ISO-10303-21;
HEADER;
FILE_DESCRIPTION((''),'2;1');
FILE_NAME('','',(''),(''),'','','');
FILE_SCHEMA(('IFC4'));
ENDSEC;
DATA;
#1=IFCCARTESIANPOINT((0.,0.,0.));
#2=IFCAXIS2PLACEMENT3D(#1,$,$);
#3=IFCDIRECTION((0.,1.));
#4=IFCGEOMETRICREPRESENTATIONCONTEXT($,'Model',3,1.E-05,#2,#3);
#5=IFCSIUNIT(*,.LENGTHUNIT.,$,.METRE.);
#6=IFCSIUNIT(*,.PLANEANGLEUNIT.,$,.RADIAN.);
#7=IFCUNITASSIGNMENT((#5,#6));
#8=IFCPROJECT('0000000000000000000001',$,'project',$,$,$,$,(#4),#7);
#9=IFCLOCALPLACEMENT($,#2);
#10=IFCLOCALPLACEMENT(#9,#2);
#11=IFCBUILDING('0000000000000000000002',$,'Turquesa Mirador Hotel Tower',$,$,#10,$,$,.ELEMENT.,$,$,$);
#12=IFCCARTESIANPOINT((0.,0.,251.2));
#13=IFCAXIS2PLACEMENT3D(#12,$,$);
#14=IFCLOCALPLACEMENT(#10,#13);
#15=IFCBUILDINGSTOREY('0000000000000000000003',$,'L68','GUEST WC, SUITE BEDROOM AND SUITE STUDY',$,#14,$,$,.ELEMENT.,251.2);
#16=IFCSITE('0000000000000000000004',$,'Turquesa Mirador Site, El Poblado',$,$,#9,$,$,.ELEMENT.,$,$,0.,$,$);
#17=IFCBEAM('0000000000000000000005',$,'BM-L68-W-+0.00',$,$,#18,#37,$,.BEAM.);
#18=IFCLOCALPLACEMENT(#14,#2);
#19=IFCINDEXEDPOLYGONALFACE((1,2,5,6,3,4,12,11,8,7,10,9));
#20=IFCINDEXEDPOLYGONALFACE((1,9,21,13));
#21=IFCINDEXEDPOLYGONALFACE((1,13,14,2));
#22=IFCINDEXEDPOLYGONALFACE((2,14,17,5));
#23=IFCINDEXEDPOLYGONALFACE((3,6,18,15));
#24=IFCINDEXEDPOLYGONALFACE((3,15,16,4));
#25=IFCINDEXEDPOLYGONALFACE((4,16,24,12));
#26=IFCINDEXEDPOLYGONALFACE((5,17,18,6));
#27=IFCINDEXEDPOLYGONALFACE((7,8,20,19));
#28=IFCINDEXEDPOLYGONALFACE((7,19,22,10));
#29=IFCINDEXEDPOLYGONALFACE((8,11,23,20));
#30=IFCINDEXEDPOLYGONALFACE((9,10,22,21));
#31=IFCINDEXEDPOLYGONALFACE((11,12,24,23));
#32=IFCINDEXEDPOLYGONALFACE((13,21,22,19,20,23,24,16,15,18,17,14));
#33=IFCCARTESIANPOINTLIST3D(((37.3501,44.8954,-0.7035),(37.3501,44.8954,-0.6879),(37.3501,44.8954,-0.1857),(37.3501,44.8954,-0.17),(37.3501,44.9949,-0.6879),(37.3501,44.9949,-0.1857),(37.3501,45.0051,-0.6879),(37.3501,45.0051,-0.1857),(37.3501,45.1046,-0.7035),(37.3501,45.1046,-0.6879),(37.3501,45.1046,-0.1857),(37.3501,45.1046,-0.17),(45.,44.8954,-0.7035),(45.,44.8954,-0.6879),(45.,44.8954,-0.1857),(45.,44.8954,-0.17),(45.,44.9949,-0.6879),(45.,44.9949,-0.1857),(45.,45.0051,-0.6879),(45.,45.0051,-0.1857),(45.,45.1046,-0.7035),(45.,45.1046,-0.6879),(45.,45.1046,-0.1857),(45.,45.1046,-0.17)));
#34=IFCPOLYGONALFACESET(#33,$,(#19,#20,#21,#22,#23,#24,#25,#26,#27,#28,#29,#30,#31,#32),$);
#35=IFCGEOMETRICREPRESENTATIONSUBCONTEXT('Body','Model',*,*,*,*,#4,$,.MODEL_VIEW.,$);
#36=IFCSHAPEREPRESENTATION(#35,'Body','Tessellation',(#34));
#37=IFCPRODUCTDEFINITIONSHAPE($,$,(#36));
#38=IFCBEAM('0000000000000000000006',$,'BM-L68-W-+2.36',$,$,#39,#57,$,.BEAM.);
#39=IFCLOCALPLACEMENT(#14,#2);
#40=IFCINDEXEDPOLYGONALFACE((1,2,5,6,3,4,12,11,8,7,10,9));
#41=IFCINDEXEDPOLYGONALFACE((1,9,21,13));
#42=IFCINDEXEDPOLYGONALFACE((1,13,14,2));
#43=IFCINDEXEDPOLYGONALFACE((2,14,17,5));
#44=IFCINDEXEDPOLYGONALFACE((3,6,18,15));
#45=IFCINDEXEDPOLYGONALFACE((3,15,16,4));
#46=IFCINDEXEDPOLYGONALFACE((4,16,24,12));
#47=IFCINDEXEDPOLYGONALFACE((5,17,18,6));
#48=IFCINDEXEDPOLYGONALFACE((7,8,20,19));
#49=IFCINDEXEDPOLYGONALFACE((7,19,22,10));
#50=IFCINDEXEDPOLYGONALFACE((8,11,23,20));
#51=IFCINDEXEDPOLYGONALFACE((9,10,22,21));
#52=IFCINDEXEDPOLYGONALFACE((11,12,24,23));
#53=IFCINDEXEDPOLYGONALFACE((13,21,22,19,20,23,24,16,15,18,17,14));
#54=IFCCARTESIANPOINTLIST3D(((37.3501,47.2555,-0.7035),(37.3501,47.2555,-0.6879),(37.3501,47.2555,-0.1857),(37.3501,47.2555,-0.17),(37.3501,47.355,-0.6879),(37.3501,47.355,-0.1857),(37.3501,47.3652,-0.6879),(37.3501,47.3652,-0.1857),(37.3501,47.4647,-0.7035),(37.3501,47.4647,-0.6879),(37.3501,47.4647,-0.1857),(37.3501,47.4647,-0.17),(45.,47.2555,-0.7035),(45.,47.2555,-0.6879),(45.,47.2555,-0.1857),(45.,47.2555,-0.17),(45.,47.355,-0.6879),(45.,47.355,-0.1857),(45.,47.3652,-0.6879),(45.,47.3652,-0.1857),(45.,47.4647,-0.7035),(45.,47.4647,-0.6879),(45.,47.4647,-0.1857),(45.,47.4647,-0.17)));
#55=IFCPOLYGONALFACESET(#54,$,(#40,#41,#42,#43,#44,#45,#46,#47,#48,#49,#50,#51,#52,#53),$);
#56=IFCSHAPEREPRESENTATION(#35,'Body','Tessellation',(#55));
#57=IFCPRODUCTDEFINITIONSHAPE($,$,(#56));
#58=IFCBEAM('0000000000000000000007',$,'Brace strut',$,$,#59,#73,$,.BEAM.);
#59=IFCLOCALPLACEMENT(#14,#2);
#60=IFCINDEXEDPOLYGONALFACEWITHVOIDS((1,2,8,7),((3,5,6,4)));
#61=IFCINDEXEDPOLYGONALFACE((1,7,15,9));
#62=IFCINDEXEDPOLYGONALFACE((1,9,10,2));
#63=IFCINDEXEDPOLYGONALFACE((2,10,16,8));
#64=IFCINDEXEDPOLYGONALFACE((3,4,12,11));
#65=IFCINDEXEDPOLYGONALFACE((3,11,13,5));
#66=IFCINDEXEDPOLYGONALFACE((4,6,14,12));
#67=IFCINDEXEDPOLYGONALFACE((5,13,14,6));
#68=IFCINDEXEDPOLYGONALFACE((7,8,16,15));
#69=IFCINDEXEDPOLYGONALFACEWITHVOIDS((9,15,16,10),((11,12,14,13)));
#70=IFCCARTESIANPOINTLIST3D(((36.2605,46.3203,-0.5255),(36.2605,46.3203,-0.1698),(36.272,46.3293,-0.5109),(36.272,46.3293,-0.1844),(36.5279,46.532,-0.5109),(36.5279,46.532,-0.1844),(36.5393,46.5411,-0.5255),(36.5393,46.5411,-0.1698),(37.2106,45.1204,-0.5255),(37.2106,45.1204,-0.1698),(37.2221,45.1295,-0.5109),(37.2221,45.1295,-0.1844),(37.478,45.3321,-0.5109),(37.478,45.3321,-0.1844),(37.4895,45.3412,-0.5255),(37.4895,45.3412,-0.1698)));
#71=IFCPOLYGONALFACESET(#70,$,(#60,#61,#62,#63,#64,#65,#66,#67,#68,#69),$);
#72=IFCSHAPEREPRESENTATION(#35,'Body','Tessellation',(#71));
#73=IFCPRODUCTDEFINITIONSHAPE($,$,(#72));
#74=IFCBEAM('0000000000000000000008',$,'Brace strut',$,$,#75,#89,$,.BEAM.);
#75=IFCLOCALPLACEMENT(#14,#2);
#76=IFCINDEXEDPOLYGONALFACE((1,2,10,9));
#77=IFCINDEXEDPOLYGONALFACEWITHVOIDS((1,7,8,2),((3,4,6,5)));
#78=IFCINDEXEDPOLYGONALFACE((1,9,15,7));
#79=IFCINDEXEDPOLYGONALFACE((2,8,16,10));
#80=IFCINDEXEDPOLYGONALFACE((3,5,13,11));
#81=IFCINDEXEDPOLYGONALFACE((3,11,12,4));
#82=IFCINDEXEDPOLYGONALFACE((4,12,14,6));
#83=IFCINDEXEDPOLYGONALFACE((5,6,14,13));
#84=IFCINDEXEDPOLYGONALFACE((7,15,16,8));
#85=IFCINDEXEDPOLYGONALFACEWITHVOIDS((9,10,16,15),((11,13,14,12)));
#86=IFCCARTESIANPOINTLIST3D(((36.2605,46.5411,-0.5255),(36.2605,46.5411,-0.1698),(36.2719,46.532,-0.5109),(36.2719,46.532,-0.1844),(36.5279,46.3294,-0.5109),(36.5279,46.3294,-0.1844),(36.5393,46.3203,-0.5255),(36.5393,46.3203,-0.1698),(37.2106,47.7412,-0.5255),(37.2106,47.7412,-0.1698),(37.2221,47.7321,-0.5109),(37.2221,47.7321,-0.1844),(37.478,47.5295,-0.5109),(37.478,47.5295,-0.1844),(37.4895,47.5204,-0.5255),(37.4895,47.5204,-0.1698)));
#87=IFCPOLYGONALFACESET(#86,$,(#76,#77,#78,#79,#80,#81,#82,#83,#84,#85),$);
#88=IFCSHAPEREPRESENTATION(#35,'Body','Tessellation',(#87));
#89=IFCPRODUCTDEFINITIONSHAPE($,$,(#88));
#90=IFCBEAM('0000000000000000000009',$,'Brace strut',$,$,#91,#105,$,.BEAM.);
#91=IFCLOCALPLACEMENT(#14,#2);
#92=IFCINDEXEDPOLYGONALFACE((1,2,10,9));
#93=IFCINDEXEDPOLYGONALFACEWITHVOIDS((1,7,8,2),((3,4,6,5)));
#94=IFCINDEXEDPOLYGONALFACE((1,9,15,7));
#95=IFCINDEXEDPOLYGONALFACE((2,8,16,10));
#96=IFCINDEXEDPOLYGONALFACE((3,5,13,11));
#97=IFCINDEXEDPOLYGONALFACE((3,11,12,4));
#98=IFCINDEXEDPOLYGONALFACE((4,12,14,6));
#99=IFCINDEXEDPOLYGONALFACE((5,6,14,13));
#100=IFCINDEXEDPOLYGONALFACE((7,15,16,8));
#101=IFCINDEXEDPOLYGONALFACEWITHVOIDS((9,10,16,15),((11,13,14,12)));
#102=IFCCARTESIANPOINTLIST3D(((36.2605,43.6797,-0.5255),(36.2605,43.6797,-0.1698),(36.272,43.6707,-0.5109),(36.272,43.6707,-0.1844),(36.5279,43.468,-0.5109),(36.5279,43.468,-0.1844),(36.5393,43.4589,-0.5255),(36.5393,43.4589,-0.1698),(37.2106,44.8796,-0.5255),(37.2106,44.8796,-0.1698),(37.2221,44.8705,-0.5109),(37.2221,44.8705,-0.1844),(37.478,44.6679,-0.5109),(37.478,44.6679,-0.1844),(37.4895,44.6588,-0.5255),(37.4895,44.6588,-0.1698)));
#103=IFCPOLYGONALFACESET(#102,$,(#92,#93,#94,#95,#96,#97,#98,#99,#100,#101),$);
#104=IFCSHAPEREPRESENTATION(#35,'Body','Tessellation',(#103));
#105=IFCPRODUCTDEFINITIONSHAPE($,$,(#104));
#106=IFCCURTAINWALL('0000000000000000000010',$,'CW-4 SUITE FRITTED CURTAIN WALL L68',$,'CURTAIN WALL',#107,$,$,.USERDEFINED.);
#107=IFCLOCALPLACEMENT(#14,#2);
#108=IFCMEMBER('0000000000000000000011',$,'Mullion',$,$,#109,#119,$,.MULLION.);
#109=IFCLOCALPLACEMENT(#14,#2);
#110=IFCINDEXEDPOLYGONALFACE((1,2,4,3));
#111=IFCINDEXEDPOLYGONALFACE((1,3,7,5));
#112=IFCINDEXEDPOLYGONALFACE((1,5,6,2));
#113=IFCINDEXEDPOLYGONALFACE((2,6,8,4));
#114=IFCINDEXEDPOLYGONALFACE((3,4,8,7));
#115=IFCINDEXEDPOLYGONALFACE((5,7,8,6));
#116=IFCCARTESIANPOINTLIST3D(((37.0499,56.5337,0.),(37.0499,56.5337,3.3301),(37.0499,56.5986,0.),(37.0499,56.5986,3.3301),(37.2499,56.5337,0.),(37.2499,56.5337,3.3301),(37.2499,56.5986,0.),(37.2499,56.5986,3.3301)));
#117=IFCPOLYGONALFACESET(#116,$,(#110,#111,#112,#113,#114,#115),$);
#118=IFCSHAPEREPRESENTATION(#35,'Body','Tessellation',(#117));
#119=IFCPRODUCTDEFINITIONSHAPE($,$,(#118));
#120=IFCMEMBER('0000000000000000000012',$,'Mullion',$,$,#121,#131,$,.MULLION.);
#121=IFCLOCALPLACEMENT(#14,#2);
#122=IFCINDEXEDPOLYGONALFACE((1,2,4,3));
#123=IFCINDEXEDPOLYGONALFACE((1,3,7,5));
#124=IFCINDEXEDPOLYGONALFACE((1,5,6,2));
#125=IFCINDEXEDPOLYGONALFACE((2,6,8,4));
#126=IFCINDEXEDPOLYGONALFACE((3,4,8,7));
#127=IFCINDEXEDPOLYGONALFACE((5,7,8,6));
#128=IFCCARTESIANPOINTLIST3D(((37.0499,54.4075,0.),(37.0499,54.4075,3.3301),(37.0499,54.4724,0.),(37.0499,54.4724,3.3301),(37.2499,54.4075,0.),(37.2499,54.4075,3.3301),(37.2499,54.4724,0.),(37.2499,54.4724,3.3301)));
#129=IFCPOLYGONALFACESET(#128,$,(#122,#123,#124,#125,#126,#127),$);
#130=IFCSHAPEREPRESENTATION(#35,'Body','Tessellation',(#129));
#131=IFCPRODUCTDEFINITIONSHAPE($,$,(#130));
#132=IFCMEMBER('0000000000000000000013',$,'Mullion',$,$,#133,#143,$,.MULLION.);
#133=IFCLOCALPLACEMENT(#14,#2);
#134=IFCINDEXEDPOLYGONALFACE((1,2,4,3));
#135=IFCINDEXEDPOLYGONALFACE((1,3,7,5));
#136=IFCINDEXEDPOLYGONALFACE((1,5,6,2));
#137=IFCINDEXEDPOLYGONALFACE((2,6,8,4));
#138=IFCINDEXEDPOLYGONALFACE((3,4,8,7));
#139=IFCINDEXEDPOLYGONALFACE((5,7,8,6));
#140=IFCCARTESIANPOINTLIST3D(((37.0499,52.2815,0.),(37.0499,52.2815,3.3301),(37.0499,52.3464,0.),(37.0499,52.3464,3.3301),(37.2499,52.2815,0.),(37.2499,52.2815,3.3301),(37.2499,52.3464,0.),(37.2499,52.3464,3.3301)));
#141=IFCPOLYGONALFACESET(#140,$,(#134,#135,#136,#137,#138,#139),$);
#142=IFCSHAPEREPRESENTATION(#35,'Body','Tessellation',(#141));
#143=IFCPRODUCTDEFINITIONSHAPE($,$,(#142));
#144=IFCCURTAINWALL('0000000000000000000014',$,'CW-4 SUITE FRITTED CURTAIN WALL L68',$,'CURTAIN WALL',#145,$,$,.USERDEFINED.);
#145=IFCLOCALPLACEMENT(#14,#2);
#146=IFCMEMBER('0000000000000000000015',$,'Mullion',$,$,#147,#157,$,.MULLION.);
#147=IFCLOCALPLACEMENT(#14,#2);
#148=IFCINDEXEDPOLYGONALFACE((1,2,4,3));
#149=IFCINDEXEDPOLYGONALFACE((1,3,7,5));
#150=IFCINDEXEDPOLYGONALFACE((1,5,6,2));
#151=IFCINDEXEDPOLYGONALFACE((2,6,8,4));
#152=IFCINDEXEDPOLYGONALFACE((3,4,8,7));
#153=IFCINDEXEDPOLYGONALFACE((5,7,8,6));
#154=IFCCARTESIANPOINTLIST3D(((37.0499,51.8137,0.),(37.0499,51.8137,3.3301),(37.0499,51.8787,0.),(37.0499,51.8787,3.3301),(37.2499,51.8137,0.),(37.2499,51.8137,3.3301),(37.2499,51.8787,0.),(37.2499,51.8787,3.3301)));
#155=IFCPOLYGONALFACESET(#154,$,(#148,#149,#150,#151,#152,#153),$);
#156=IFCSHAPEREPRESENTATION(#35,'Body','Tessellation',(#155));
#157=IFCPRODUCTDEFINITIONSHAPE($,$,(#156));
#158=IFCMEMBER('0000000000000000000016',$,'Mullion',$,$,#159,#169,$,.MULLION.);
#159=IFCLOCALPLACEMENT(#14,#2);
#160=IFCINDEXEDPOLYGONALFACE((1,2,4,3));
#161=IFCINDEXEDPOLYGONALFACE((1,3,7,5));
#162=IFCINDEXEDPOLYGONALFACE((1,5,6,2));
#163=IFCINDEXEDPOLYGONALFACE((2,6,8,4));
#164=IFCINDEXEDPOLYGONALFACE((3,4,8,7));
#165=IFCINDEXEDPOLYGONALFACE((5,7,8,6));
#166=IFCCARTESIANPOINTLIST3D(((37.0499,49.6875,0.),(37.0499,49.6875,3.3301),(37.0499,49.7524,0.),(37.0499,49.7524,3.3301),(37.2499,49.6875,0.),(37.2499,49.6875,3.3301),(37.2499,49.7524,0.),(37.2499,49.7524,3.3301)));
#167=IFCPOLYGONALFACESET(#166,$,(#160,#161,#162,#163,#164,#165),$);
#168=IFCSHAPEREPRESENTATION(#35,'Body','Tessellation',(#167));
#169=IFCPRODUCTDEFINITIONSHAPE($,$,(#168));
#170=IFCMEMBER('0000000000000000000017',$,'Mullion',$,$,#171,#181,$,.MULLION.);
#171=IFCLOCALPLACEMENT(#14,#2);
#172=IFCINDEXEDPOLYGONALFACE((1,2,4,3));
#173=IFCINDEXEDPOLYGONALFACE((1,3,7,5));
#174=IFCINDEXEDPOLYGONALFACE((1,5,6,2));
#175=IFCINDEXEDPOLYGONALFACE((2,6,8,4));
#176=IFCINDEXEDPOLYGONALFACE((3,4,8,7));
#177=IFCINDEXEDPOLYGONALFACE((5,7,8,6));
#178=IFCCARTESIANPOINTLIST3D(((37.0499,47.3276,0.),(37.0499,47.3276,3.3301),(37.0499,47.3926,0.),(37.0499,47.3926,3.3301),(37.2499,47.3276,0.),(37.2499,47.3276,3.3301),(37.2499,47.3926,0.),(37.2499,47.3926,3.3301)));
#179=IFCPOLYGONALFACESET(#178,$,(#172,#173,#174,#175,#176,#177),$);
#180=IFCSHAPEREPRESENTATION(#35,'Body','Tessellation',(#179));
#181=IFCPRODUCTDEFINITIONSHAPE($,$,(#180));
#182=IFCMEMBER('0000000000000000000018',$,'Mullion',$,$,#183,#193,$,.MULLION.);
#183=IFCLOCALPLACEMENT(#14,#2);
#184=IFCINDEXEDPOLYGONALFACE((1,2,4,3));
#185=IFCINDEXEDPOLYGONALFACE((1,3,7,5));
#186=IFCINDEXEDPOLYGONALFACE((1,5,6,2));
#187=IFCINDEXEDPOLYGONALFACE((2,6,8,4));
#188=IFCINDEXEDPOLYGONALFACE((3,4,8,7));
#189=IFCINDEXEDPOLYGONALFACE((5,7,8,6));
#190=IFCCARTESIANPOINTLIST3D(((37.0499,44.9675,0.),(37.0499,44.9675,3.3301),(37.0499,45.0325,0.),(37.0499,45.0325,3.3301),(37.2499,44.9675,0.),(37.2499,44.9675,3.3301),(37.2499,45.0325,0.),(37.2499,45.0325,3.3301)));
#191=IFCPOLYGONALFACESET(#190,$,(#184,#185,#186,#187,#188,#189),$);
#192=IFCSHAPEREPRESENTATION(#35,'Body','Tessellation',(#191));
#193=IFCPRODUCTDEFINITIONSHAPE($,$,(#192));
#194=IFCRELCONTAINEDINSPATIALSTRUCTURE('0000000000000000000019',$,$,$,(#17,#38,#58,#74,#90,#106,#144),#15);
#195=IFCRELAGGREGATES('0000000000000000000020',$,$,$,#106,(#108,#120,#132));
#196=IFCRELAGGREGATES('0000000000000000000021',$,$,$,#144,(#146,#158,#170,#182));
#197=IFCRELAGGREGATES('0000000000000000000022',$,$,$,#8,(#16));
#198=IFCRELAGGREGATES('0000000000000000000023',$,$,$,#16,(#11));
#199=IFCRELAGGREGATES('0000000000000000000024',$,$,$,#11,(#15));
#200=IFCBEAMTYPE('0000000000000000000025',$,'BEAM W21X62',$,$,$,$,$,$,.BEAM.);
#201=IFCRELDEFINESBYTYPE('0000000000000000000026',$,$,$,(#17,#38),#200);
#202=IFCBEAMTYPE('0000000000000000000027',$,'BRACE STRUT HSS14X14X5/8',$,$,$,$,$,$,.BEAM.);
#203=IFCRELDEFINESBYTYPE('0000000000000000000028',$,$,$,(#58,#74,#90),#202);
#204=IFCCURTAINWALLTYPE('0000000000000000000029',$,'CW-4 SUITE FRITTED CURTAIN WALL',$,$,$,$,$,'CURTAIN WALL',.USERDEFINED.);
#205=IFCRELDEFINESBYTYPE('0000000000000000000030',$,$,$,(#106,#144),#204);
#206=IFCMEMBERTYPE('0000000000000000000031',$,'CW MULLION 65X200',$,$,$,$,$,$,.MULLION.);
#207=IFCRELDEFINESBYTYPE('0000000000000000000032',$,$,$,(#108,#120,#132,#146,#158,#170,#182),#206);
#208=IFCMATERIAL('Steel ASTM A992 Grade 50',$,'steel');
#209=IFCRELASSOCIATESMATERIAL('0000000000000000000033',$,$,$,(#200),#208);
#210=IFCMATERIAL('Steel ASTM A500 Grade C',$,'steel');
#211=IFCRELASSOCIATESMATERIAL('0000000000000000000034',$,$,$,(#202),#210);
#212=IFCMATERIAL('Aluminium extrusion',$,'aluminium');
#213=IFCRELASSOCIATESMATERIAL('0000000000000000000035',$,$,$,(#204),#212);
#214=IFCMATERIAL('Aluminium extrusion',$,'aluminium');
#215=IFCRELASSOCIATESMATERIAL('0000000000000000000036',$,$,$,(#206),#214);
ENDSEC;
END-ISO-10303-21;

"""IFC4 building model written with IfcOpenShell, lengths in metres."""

from ifc_helpers import new_model, si_unit, direction, frame, origin, origin_2d, place, context, subcontext, project, spatial, rectangle, hollow_rectangle, i_section, extrude, material, material_profile, profile_set, type_object, element, aggregate, save


model = new_model("IFC4")

# Units and contexts
model_context = context("Model", 3, precision=1e-05, world=origin(), true_north=direction((0.0, 1.0)))
body_context = subcontext(model_context, "Body", "Model", "MODEL_VIEW")
ifc_project = project(units=[si_unit("LENGTHUNIT", "METRE"), si_unit("PLANEANGLEUNIT", "RADIAN")], contexts=[model_context])

# Site, building, storey
site_placement = place(None, origin())
site = spatial("IfcSite", under=ifc_project, at=site_placement, Name="Turquesa Mirador Site, El Poblado", CompositionType="ELEMENT", RefElevation=0.0)
building_placement = place(site_placement, origin())
building = spatial("IfcBuilding", under=site, at=building_placement, Name="Turquesa Mirador Hotel Tower", CompositionType="ELEMENT")
storey_placement = place(building_placement, frame((0.0, 0.0, 251.2)))
storey = spatial("IfcBuildingStorey", under=building, at=storey_placement, Name="L68", Description="GUEST WC, SUITE BEDROOM AND SUITE STUDY", CompositionType="ELEMENT", Elevation=251.2)

# Beams
ifc_material_1 = material(Name="Steel ASTM A992 Grade 50", Category="steel")
ifc_material_profile_1 = material_profile(ifc_material_1, i_section(OverallWidth=0.2092, OverallDepth=0.5334, WebThickness=0.0103, FlangeThickness=0.0156, at=origin_2d()), Name="W21X62")
ifc_profile_set_1 = profile_set([ifc_material_profile_1], Name="Steel ASTM A992 Grade 50")
beam_type_1 = type_object("IfcBeamType", Name="BEAM W21X62", PredefinedType="BEAM", material=ifc_profile_set_1)
for number, where, z_axis, x_axis, name in (
    (1, (37.3501, 45.0, -0.4368), (1.0, 0.0, 0.0), (0.0, 1.0, 0.0), "BM-L68-W-+0.00"),
    (2, (37.3501, 47.3601, -0.4368), (1.0, 0.0, 0.0), (0.0, 1.0, 0.0), "BM-L68-W-+2.36"),
):
    element("IfcBeam", number, at=place(storey_placement, frame(where, z_axis=z_axis, x_axis=x_axis)), inside=storey, type_object=beam_type_1, Name=name, PredefinedType="BEAM", context=body_context, shape_type="SweptSolid", body=[
        extrude(i_section(OverallWidth=0.2092, OverallDepth=0.5334, WebThickness=0.0103, FlangeThickness=0.0156, at=origin_2d()), origin(), (0.0, 0.0, 1.0), 7.6499),
    ])
ifc_material_2 = material(Name="Steel ASTM A500 Grade C", Category="steel")
ifc_material_profile_2 = material_profile(ifc_material_2, hollow_rectangle(XDim=0.3557, YDim=0.3557, WallThickness=0.0146, at=origin_2d()), Name="HSS14X14X5/8")
ifc_profile_set_2 = profile_set([ifc_material_profile_2], Name="Steel ASTM A500 Grade C")
beam_type_2 = type_object("IfcBeamType", Name="BRACE STRUT HSS14X14X5/8", PredefinedType="BEAM", material=ifc_profile_set_2)
beam_1_placement = place(storey_placement, frame((36.3999, 46.4307, -0.3477), z_axis=(0.620797, -0.783971, 0.0), x_axis=(0.783971, 0.620797, 0.0)))
element("IfcBeam", 3, at=beam_1_placement, inside=storey, type_object=beam_type_2, Name="Brace strut", PredefinedType="BEAM", context=body_context, shape_type="SweptSolid", body=[
    extrude(hollow_rectangle(XDim=0.3557, YDim=0.3557, WallThickness=0.0146, at=origin_2d()), origin(), (0.0, 0.0, 1.0), 1.5305),
])
beam_2_placement = place(storey_placement, frame((36.3999, 46.4307, -0.3477), z_axis=(0.620719, 0.784033, 0.0), x_axis=(-0.784033, 0.620719, 0.0)))
element("IfcBeam", 4, at=beam_2_placement, inside=storey, type_object=beam_type_2, Name="Brace strut", PredefinedType="BEAM", context=body_context, shape_type="SweptSolid", body=[
    extrude(hollow_rectangle(XDim=0.3557, YDim=0.3557, WallThickness=0.0146, at=origin_2d()), origin(), (0.0, 0.0, 1.0), 1.5308),
])
beam_3_placement = place(storey_placement, frame((36.3999, 43.5693, -0.3477), z_axis=(0.620797, 0.783971, 0.0), x_axis=(-0.783971, 0.620797, 0.0)))
element("IfcBeam", 5, at=beam_3_placement, inside=storey, type_object=beam_type_2, Name="Brace strut", PredefinedType="BEAM", context=body_context, shape_type="SweptSolid", body=[
    extrude(hollow_rectangle(XDim=0.3557, YDim=0.3557, WallThickness=0.0146, at=origin_2d()), origin(), (0.0, 0.0, 1.0), 1.5305),
])

# Curtain walls, members
ifc_material_3 = material(Name="Aluminium extrusion", Category="aluminium")
curtain_wall_type = type_object("IfcCurtainWallType", Name="CW-4 SUITE FRITTED CURTAIN WALL", ElementType="CURTAIN WALL", PredefinedType="USERDEFINED", material=ifc_material_3)
curtain_wall_1_placement = place(storey_placement, origin())
curtain_wall_1 = element("IfcCurtainWall", 6, at=curtain_wall_1_placement, inside=storey, type_object=curtain_wall_type, Name="CW-4 SUITE FRITTED CURTAIN WALL L68", ObjectType="CURTAIN WALL", PredefinedType="USERDEFINED")
ifc_material_4 = material(Name="Aluminium extrusion", Category="aluminium")
ifc_material_profile_3 = material_profile(ifc_material_4, rectangle(XDim=0.0649, YDim=0.2, at=origin_2d()), Name="MULLION 65X200")
ifc_profile_set_3 = profile_set([ifc_material_profile_3], Name="Aluminium extrusion")
member_type_1 = type_object("IfcMemberType", Name="CW MULLION 65X200", PredefinedType="MULLION", material=ifc_profile_set_3)
member_1_placement = place(storey_placement, frame((37.1499, 56.5662, 0.0), z_axis=(0.0, 0.0, 1.0), x_axis=(0.0, -1.0, 0.0)))
member_1 = element("IfcMember", 7, at=member_1_placement, type_object=member_type_1, Name="Mullion", PredefinedType="MULLION", context=body_context, shape_type="SweptSolid", body=[
    extrude(rectangle(XDim=0.0649, YDim=0.2, at=origin_2d()), origin(), (0.0, 0.0, 1.0), 3.3301),
])
member_2_placement = place(storey_placement, frame((37.1499, 54.4399, 0.0), z_axis=(0.0, 0.0, 1.0), x_axis=(0.0, -1.0, 0.0)))
member_2 = element("IfcMember", 8, at=member_2_placement, type_object=member_type_1, Name="Mullion", PredefinedType="MULLION", context=body_context, shape_type="SweptSolid", body=[
    extrude(rectangle(XDim=0.0649, YDim=0.2, at=origin_2d()), origin(), (0.0, 0.0, 1.0), 3.3301),
])
member_3_placement = place(storey_placement, frame((37.1499, 52.314, 0.0), z_axis=(0.0, 0.0, 1.0), x_axis=(0.0, -1.0, 0.0)))
member_3 = element("IfcMember", 9, at=member_3_placement, type_object=member_type_1, Name="Mullion", PredefinedType="MULLION", context=body_context, shape_type="SweptSolid", body=[
    extrude(rectangle(XDim=0.0649, YDim=0.2, at=origin_2d()), origin(), (0.0, 0.0, 1.0), 3.3301),
])
curtain_wall_2_placement = place(storey_placement, origin())
curtain_wall_2 = element("IfcCurtainWall", 10, at=curtain_wall_2_placement, inside=storey, type_object=curtain_wall_type, Name="CW-4 SUITE FRITTED CURTAIN WALL L68", ObjectType="CURTAIN WALL", PredefinedType="USERDEFINED")
member_4_placement = place(storey_placement, frame((37.1499, 51.8462, 0.0), z_axis=(0.0, 0.0, 1.0), x_axis=(0.0, -1.0, 0.0)))
member_4 = element("IfcMember", 11, at=member_4_placement, type_object=member_type_1, Name="Mullion", PredefinedType="MULLION", context=body_context, shape_type="SweptSolid", body=[
    extrude(rectangle(XDim=0.0649, YDim=0.2, at=origin_2d()), origin(), (0.0, 0.0, 1.0), 3.3301),
])
member_5_placement = place(storey_placement, frame((37.1499, 49.72, 0.0), z_axis=(0.0, 0.0, 1.0), x_axis=(0.0, -1.0, 0.0)))
member_5 = element("IfcMember", 12, at=member_5_placement, type_object=member_type_1, Name="Mullion", PredefinedType="MULLION", context=body_context, shape_type="SweptSolid", body=[
    extrude(rectangle(XDim=0.0649, YDim=0.2, at=origin_2d()), origin(), (0.0, 0.0, 1.0), 3.3301),
])
member_6_placement = place(storey_placement, frame((37.1499, 47.3601, 0.0), z_axis=(0.0, 0.0, 1.0), x_axis=(0.0, -1.0, 0.0)))
member_6 = element("IfcMember", 13, at=member_6_placement, type_object=member_type_1, Name="Mullion", PredefinedType="MULLION", context=body_context, shape_type="SweptSolid", body=[
    extrude(rectangle(XDim=0.0649, YDim=0.2, at=origin_2d()), origin(), (0.0, 0.0, 1.0), 3.3301),
])
member_7_placement = place(storey_placement, frame((37.1499, 45.0, 0.0), z_axis=(0.0, 0.0, 1.0), x_axis=(0.0, -1.0, 0.0)))
member_7 = element("IfcMember", 14, at=member_7_placement, type_object=member_type_1, Name="Mullion", PredefinedType="MULLION", context=body_context, shape_type="SweptSolid", body=[
    extrude(rectangle(XDim=0.0649, YDim=0.2, at=origin_2d()), origin(), (0.0, 0.0, 1.0), 3.3301),
])

aggregate(curtain_wall_1, [member_1, member_2, member_3])
aggregate(curtain_wall_2, [member_4, member_5, member_6, member_7])

save(model, "model.ifc")
